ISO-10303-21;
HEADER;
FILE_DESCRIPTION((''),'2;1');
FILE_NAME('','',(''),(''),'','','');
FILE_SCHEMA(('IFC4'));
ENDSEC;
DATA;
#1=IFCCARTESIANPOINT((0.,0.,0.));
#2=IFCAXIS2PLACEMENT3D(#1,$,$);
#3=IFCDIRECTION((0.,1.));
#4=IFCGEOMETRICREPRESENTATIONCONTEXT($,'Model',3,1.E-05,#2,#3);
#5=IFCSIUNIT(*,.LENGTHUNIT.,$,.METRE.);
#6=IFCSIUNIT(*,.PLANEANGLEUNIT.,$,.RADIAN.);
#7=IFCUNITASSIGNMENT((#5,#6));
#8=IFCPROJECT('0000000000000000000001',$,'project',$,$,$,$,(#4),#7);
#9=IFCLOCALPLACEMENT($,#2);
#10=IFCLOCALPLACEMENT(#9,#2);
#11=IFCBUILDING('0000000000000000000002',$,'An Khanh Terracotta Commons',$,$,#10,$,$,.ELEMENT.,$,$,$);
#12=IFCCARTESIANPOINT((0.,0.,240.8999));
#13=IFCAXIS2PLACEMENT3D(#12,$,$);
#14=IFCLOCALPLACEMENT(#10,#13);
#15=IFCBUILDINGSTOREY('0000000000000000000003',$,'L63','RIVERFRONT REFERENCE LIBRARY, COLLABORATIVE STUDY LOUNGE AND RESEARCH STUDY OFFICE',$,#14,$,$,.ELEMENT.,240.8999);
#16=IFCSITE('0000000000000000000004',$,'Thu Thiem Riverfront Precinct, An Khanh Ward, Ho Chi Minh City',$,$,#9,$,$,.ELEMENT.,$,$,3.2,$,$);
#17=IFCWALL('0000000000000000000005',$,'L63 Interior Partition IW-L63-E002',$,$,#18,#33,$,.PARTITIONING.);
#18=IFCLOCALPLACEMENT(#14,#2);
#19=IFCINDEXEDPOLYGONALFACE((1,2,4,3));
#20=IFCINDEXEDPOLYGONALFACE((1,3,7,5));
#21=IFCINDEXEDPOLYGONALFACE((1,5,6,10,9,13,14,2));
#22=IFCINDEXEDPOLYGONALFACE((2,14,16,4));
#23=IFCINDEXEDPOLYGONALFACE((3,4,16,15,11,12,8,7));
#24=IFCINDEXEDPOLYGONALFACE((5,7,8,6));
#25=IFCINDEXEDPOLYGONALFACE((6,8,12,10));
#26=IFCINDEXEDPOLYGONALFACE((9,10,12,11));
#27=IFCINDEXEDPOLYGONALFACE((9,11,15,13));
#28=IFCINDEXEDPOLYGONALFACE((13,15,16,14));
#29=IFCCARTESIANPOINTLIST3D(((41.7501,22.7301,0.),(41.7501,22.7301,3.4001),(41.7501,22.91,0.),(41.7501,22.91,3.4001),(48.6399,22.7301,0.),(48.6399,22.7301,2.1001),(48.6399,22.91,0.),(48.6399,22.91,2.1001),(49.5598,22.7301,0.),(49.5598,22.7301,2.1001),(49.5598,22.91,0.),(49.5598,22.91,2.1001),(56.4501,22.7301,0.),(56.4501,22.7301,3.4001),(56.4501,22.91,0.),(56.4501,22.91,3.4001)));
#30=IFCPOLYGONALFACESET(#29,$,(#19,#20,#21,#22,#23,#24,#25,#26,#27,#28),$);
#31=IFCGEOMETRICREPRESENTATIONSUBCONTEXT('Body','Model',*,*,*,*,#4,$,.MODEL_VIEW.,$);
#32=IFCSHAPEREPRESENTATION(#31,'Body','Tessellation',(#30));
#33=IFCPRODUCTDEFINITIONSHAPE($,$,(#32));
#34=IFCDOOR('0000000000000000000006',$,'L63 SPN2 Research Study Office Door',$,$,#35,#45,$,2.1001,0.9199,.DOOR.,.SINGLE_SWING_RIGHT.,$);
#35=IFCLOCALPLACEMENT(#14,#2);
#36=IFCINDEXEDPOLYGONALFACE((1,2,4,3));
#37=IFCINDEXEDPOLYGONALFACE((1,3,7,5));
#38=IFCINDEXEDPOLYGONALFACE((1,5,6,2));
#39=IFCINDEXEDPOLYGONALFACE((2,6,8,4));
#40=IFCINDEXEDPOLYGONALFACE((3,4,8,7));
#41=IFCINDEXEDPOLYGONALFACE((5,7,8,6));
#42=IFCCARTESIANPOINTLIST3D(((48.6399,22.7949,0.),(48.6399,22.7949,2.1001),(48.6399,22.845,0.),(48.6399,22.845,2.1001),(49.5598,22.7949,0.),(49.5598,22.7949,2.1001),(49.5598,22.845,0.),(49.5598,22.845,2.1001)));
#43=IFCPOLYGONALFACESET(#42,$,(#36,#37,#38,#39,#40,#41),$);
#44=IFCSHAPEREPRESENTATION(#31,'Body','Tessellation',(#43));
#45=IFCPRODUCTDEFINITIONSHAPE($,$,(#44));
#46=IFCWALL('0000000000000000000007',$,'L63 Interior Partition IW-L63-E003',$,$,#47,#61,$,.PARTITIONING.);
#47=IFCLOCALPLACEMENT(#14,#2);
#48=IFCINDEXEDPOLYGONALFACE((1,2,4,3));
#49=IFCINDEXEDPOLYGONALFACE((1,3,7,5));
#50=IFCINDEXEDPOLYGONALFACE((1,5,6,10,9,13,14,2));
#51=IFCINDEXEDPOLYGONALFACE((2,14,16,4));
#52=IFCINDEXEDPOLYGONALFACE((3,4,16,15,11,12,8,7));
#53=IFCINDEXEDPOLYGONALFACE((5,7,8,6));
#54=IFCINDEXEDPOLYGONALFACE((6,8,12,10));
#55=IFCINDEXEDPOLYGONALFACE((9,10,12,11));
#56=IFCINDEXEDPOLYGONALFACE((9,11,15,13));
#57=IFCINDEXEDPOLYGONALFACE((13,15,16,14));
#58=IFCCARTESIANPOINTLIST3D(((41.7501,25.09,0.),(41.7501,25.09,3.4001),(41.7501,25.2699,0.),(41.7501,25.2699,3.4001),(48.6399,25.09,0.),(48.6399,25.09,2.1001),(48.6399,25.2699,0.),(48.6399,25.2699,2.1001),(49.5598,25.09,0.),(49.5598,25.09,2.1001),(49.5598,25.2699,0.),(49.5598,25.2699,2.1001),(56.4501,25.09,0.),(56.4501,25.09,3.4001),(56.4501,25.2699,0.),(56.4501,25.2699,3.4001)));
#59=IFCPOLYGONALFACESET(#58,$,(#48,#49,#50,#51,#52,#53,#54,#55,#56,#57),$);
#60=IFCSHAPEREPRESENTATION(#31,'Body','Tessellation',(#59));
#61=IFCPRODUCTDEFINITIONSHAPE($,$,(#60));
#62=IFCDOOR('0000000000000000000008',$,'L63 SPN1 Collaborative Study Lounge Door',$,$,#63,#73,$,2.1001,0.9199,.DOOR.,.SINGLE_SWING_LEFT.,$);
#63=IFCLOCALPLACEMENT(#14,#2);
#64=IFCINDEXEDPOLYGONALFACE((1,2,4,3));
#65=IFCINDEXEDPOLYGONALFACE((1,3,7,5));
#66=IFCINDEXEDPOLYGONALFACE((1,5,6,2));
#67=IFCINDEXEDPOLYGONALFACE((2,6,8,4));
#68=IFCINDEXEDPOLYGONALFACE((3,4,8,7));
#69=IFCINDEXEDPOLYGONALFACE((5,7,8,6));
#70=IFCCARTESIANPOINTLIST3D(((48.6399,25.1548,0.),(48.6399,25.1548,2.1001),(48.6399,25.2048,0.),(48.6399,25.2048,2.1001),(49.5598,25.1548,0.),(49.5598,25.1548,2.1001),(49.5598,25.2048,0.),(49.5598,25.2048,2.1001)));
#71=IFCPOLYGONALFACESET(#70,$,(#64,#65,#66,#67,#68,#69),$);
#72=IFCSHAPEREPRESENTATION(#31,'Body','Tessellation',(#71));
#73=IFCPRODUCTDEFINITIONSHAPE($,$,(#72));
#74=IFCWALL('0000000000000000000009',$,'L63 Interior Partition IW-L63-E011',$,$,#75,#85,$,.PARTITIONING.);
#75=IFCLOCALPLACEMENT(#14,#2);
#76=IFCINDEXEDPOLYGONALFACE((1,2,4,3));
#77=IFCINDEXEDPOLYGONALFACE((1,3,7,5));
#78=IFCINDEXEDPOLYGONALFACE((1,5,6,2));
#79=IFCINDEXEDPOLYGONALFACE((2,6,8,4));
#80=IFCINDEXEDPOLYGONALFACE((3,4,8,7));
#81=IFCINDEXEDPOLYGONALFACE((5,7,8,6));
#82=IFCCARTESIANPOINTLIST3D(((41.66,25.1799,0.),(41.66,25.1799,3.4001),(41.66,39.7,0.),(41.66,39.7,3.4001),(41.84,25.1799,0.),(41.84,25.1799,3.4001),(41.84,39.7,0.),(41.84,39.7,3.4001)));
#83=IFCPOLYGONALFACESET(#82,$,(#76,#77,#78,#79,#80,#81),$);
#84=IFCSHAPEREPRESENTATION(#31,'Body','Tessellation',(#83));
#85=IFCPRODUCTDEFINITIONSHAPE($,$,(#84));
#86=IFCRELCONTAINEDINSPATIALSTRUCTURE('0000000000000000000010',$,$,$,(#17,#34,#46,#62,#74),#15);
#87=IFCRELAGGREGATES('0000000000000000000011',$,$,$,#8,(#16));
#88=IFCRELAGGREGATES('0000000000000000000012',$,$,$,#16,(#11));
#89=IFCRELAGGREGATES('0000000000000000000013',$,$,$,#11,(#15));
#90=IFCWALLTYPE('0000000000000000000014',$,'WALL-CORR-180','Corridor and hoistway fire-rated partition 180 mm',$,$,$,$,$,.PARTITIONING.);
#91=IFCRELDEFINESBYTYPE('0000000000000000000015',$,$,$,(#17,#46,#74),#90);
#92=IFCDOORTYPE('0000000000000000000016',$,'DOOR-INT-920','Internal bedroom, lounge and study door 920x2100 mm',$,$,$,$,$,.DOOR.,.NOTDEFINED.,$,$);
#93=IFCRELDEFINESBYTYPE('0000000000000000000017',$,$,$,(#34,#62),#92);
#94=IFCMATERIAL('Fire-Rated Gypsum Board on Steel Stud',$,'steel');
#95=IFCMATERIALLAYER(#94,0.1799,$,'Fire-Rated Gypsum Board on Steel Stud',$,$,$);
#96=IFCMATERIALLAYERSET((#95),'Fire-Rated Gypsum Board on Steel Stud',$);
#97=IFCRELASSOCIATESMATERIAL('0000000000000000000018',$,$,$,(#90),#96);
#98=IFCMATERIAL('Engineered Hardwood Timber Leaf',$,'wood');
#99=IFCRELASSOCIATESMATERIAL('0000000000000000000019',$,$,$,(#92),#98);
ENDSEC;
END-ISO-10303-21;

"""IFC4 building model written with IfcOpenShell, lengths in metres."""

from ifc_helpers import new_model, si_unit, direction, frame, frame_2d, origin, place, context, subcontext, project, spatial, rectangle, extrude, material, layer, layer_set, type_object, element, fill, save


model = new_model("IFC4")

# Units and contexts
model_context = context("Model", 3, precision=1e-05, world=origin(), true_north=direction((0.0, 1.0)))
body_context = subcontext(model_context, "Body", "Model", "MODEL_VIEW")
ifc_project = project(units=[si_unit("LENGTHUNIT", "METRE"), si_unit("PLANEANGLEUNIT", "RADIAN")], contexts=[model_context])

# Site, building, storey
site_placement = place(None, origin())
site = spatial("IfcSite", under=ifc_project, at=site_placement, Name="Thu Thiem Riverfront Precinct, An Khanh Ward, Ho Chi Minh City", CompositionType="ELEMENT", RefElevation=3.2)
building_placement = place(site_placement, origin())
building = spatial("IfcBuilding", under=site, at=building_placement, Name="An Khanh Terracotta Commons", CompositionType="ELEMENT")
storey_placement = place(building_placement, frame((0.0, 0.0, 240.8999)))
storey = spatial("IfcBuildingStorey", under=building, at=storey_placement, Name="L63", Description="RIVERFRONT REFERENCE LIBRARY, COLLABORATIVE STUDY LOUNGE AND RESEARCH STUDY OFFICE", CompositionType="ELEMENT", Elevation=240.8999)

# Shared definitions
ifc_material_1 = material(Name="Fire-Rated Gypsum Board on Steel Stud", Category="steel")
ifc_layer = layer(ifc_material_1, 0.1799, Name="Fire-Rated Gypsum Board on Steel Stud")
ifc_layer_set = layer_set([ifc_layer], Name="Fire-Rated Gypsum Board on Steel Stud")
wall_type = type_object("IfcWallType", Name="WALL-CORR-180", Description="Corridor and hoistway fire-rated partition 180 mm", PredefinedType="PARTITIONING", material=ifc_layer_set)

# Walls, openings, doors
wall_1_placement = place(storey_placement, frame((41.75, 22.8201, 0.0), z_axis=(0.0, 0.0, 1.0), x_axis=(1.0, 0.0, 0.0)))
wall_1 = element("IfcWall", 1, at=wall_1_placement, inside=storey, type_object=wall_type, Name="L63 Interior Partition IW-L63-E002", PredefinedType="PARTITIONING", context=body_context, shape_type="SweptSolid", body=[
    extrude(rectangle(XDim=14.7, YDim=0.1799, at=frame_2d((7.3501, 0.0))), origin(), (0.0, 0.0, 1.0), 3.4001),
])
opening_1_placement = place(wall_1_placement, frame((6.8899, 0.0, 0.0)))
opening_1 = element("IfcOpeningElement", 2, at=opening_1_placement, cuts=wall_1, PredefinedType="OPENING", context=body_context, shape_type="SweptSolid", body=[
    extrude(rectangle(XDim=0.9199, YDim=2.1001, at=frame_2d((0.46, 1.05))), frame((0.0, 0.0999, 0.0), z_axis=(0.0, -1.0, 0.0), x_axis=(1.0, 0.0, 0.0)), (0.0, 0.0, 1.0), 0.2),
])
ifc_material_2 = material(Name="Engineered Hardwood Timber Leaf", Category="wood")
door_type_1 = type_object("IfcDoorType", Name="DOOR-INT-920", Description="Internal bedroom, lounge and study door 920x2100 mm", OperationType="NOTDEFINED", PredefinedType="DOOR", material=ifc_material_2)
door_1_placement = place(opening_1_placement, origin())
door_1 = element("IfcDoor", 3, at=door_1_placement, inside=storey, type_object=door_type_1, Name="L63 SPN2 Research Study Office Door", OperationType="SINGLE_SWING_RIGHT", OverallHeight=2.1001, OverallWidth=0.9199, PredefinedType="DOOR", context=body_context, shape_type="SweptSolid", body=[
    extrude(rectangle(XDim=0.9199, YDim=2.1001, at=frame_2d((0.46, 1.05))), frame((0.0, 0.0249, 0.0), z_axis=(0.0, -1.0, 0.0), x_axis=(1.0, 0.0, 0.0)), (0.0, 0.0, 1.0), 0.05),
])
fill(opening_1, door_1)
wall_2_placement = place(storey_placement, frame((41.75, 25.1799, 0.0), z_axis=(0.0, 0.0, 1.0), x_axis=(1.0, 0.0, 0.0)))
wall_2 = element("IfcWall", 4, at=wall_2_placement, inside=storey, type_object=wall_type, Name="L63 Interior Partition IW-L63-E003", PredefinedType="PARTITIONING", context=body_context, shape_type="SweptSolid", body=[
    extrude(rectangle(XDim=14.7, YDim=0.1799, at=frame_2d((7.3501, 0.0))), origin(), (0.0, 0.0, 1.0), 3.4001),
])
opening_2_placement = place(wall_2_placement, frame((6.8899, 0.0, 0.0)))
opening_2 = element("IfcOpeningElement", 5, at=opening_2_placement, cuts=wall_2, PredefinedType="OPENING", context=body_context, shape_type="SweptSolid", body=[
    extrude(rectangle(XDim=0.9199, YDim=2.1001, at=frame_2d((0.46, 1.05))), frame((0.0, 0.0999, 0.0), z_axis=(0.0, -1.0, 0.0), x_axis=(1.0, 0.0, 0.0)), (0.0, 0.0, 1.0), 0.2),
])
door_2_placement = place(opening_2_placement, origin())
door_2 = element("IfcDoor", 6, at=door_2_placement, inside=storey, type_object=door_type_1, Name="L63 SPN1 Collaborative Study Lounge Door", OperationType="SINGLE_SWING_LEFT", OverallHeight=2.1001, OverallWidth=0.9199, PredefinedType="DOOR", context=body_context, shape_type="SweptSolid", body=[
    extrude(rectangle(XDim=0.9199, YDim=2.1001, at=frame_2d((0.46, 1.05))), frame((0.0, 0.0249, 0.0), z_axis=(0.0, -1.0, 0.0), x_axis=(1.0, 0.0, 0.0)), (0.0, 0.0, 1.0), 0.05),
])
fill(opening_2, door_2)

# Wall
wall_3_placement = place(storey_placement, frame((41.75, 25.1799, 0.0), z_axis=(0.0, 0.0, 1.0), x_axis=(0.0, 1.0, 0.0)))
element("IfcWall", 7, at=wall_3_placement, inside=storey, type_object=wall_type, Name="L63 Interior Partition IW-L63-E011", PredefinedType="PARTITIONING", context=body_context, shape_type="SweptSolid", body=[
    extrude(rectangle(XDim=14.52, YDim=0.1799, at=frame_2d((7.26, 0.0))), origin(), (0.0, 0.0, 1.0), 3.4001),
])

save(model, "model.ifc")
